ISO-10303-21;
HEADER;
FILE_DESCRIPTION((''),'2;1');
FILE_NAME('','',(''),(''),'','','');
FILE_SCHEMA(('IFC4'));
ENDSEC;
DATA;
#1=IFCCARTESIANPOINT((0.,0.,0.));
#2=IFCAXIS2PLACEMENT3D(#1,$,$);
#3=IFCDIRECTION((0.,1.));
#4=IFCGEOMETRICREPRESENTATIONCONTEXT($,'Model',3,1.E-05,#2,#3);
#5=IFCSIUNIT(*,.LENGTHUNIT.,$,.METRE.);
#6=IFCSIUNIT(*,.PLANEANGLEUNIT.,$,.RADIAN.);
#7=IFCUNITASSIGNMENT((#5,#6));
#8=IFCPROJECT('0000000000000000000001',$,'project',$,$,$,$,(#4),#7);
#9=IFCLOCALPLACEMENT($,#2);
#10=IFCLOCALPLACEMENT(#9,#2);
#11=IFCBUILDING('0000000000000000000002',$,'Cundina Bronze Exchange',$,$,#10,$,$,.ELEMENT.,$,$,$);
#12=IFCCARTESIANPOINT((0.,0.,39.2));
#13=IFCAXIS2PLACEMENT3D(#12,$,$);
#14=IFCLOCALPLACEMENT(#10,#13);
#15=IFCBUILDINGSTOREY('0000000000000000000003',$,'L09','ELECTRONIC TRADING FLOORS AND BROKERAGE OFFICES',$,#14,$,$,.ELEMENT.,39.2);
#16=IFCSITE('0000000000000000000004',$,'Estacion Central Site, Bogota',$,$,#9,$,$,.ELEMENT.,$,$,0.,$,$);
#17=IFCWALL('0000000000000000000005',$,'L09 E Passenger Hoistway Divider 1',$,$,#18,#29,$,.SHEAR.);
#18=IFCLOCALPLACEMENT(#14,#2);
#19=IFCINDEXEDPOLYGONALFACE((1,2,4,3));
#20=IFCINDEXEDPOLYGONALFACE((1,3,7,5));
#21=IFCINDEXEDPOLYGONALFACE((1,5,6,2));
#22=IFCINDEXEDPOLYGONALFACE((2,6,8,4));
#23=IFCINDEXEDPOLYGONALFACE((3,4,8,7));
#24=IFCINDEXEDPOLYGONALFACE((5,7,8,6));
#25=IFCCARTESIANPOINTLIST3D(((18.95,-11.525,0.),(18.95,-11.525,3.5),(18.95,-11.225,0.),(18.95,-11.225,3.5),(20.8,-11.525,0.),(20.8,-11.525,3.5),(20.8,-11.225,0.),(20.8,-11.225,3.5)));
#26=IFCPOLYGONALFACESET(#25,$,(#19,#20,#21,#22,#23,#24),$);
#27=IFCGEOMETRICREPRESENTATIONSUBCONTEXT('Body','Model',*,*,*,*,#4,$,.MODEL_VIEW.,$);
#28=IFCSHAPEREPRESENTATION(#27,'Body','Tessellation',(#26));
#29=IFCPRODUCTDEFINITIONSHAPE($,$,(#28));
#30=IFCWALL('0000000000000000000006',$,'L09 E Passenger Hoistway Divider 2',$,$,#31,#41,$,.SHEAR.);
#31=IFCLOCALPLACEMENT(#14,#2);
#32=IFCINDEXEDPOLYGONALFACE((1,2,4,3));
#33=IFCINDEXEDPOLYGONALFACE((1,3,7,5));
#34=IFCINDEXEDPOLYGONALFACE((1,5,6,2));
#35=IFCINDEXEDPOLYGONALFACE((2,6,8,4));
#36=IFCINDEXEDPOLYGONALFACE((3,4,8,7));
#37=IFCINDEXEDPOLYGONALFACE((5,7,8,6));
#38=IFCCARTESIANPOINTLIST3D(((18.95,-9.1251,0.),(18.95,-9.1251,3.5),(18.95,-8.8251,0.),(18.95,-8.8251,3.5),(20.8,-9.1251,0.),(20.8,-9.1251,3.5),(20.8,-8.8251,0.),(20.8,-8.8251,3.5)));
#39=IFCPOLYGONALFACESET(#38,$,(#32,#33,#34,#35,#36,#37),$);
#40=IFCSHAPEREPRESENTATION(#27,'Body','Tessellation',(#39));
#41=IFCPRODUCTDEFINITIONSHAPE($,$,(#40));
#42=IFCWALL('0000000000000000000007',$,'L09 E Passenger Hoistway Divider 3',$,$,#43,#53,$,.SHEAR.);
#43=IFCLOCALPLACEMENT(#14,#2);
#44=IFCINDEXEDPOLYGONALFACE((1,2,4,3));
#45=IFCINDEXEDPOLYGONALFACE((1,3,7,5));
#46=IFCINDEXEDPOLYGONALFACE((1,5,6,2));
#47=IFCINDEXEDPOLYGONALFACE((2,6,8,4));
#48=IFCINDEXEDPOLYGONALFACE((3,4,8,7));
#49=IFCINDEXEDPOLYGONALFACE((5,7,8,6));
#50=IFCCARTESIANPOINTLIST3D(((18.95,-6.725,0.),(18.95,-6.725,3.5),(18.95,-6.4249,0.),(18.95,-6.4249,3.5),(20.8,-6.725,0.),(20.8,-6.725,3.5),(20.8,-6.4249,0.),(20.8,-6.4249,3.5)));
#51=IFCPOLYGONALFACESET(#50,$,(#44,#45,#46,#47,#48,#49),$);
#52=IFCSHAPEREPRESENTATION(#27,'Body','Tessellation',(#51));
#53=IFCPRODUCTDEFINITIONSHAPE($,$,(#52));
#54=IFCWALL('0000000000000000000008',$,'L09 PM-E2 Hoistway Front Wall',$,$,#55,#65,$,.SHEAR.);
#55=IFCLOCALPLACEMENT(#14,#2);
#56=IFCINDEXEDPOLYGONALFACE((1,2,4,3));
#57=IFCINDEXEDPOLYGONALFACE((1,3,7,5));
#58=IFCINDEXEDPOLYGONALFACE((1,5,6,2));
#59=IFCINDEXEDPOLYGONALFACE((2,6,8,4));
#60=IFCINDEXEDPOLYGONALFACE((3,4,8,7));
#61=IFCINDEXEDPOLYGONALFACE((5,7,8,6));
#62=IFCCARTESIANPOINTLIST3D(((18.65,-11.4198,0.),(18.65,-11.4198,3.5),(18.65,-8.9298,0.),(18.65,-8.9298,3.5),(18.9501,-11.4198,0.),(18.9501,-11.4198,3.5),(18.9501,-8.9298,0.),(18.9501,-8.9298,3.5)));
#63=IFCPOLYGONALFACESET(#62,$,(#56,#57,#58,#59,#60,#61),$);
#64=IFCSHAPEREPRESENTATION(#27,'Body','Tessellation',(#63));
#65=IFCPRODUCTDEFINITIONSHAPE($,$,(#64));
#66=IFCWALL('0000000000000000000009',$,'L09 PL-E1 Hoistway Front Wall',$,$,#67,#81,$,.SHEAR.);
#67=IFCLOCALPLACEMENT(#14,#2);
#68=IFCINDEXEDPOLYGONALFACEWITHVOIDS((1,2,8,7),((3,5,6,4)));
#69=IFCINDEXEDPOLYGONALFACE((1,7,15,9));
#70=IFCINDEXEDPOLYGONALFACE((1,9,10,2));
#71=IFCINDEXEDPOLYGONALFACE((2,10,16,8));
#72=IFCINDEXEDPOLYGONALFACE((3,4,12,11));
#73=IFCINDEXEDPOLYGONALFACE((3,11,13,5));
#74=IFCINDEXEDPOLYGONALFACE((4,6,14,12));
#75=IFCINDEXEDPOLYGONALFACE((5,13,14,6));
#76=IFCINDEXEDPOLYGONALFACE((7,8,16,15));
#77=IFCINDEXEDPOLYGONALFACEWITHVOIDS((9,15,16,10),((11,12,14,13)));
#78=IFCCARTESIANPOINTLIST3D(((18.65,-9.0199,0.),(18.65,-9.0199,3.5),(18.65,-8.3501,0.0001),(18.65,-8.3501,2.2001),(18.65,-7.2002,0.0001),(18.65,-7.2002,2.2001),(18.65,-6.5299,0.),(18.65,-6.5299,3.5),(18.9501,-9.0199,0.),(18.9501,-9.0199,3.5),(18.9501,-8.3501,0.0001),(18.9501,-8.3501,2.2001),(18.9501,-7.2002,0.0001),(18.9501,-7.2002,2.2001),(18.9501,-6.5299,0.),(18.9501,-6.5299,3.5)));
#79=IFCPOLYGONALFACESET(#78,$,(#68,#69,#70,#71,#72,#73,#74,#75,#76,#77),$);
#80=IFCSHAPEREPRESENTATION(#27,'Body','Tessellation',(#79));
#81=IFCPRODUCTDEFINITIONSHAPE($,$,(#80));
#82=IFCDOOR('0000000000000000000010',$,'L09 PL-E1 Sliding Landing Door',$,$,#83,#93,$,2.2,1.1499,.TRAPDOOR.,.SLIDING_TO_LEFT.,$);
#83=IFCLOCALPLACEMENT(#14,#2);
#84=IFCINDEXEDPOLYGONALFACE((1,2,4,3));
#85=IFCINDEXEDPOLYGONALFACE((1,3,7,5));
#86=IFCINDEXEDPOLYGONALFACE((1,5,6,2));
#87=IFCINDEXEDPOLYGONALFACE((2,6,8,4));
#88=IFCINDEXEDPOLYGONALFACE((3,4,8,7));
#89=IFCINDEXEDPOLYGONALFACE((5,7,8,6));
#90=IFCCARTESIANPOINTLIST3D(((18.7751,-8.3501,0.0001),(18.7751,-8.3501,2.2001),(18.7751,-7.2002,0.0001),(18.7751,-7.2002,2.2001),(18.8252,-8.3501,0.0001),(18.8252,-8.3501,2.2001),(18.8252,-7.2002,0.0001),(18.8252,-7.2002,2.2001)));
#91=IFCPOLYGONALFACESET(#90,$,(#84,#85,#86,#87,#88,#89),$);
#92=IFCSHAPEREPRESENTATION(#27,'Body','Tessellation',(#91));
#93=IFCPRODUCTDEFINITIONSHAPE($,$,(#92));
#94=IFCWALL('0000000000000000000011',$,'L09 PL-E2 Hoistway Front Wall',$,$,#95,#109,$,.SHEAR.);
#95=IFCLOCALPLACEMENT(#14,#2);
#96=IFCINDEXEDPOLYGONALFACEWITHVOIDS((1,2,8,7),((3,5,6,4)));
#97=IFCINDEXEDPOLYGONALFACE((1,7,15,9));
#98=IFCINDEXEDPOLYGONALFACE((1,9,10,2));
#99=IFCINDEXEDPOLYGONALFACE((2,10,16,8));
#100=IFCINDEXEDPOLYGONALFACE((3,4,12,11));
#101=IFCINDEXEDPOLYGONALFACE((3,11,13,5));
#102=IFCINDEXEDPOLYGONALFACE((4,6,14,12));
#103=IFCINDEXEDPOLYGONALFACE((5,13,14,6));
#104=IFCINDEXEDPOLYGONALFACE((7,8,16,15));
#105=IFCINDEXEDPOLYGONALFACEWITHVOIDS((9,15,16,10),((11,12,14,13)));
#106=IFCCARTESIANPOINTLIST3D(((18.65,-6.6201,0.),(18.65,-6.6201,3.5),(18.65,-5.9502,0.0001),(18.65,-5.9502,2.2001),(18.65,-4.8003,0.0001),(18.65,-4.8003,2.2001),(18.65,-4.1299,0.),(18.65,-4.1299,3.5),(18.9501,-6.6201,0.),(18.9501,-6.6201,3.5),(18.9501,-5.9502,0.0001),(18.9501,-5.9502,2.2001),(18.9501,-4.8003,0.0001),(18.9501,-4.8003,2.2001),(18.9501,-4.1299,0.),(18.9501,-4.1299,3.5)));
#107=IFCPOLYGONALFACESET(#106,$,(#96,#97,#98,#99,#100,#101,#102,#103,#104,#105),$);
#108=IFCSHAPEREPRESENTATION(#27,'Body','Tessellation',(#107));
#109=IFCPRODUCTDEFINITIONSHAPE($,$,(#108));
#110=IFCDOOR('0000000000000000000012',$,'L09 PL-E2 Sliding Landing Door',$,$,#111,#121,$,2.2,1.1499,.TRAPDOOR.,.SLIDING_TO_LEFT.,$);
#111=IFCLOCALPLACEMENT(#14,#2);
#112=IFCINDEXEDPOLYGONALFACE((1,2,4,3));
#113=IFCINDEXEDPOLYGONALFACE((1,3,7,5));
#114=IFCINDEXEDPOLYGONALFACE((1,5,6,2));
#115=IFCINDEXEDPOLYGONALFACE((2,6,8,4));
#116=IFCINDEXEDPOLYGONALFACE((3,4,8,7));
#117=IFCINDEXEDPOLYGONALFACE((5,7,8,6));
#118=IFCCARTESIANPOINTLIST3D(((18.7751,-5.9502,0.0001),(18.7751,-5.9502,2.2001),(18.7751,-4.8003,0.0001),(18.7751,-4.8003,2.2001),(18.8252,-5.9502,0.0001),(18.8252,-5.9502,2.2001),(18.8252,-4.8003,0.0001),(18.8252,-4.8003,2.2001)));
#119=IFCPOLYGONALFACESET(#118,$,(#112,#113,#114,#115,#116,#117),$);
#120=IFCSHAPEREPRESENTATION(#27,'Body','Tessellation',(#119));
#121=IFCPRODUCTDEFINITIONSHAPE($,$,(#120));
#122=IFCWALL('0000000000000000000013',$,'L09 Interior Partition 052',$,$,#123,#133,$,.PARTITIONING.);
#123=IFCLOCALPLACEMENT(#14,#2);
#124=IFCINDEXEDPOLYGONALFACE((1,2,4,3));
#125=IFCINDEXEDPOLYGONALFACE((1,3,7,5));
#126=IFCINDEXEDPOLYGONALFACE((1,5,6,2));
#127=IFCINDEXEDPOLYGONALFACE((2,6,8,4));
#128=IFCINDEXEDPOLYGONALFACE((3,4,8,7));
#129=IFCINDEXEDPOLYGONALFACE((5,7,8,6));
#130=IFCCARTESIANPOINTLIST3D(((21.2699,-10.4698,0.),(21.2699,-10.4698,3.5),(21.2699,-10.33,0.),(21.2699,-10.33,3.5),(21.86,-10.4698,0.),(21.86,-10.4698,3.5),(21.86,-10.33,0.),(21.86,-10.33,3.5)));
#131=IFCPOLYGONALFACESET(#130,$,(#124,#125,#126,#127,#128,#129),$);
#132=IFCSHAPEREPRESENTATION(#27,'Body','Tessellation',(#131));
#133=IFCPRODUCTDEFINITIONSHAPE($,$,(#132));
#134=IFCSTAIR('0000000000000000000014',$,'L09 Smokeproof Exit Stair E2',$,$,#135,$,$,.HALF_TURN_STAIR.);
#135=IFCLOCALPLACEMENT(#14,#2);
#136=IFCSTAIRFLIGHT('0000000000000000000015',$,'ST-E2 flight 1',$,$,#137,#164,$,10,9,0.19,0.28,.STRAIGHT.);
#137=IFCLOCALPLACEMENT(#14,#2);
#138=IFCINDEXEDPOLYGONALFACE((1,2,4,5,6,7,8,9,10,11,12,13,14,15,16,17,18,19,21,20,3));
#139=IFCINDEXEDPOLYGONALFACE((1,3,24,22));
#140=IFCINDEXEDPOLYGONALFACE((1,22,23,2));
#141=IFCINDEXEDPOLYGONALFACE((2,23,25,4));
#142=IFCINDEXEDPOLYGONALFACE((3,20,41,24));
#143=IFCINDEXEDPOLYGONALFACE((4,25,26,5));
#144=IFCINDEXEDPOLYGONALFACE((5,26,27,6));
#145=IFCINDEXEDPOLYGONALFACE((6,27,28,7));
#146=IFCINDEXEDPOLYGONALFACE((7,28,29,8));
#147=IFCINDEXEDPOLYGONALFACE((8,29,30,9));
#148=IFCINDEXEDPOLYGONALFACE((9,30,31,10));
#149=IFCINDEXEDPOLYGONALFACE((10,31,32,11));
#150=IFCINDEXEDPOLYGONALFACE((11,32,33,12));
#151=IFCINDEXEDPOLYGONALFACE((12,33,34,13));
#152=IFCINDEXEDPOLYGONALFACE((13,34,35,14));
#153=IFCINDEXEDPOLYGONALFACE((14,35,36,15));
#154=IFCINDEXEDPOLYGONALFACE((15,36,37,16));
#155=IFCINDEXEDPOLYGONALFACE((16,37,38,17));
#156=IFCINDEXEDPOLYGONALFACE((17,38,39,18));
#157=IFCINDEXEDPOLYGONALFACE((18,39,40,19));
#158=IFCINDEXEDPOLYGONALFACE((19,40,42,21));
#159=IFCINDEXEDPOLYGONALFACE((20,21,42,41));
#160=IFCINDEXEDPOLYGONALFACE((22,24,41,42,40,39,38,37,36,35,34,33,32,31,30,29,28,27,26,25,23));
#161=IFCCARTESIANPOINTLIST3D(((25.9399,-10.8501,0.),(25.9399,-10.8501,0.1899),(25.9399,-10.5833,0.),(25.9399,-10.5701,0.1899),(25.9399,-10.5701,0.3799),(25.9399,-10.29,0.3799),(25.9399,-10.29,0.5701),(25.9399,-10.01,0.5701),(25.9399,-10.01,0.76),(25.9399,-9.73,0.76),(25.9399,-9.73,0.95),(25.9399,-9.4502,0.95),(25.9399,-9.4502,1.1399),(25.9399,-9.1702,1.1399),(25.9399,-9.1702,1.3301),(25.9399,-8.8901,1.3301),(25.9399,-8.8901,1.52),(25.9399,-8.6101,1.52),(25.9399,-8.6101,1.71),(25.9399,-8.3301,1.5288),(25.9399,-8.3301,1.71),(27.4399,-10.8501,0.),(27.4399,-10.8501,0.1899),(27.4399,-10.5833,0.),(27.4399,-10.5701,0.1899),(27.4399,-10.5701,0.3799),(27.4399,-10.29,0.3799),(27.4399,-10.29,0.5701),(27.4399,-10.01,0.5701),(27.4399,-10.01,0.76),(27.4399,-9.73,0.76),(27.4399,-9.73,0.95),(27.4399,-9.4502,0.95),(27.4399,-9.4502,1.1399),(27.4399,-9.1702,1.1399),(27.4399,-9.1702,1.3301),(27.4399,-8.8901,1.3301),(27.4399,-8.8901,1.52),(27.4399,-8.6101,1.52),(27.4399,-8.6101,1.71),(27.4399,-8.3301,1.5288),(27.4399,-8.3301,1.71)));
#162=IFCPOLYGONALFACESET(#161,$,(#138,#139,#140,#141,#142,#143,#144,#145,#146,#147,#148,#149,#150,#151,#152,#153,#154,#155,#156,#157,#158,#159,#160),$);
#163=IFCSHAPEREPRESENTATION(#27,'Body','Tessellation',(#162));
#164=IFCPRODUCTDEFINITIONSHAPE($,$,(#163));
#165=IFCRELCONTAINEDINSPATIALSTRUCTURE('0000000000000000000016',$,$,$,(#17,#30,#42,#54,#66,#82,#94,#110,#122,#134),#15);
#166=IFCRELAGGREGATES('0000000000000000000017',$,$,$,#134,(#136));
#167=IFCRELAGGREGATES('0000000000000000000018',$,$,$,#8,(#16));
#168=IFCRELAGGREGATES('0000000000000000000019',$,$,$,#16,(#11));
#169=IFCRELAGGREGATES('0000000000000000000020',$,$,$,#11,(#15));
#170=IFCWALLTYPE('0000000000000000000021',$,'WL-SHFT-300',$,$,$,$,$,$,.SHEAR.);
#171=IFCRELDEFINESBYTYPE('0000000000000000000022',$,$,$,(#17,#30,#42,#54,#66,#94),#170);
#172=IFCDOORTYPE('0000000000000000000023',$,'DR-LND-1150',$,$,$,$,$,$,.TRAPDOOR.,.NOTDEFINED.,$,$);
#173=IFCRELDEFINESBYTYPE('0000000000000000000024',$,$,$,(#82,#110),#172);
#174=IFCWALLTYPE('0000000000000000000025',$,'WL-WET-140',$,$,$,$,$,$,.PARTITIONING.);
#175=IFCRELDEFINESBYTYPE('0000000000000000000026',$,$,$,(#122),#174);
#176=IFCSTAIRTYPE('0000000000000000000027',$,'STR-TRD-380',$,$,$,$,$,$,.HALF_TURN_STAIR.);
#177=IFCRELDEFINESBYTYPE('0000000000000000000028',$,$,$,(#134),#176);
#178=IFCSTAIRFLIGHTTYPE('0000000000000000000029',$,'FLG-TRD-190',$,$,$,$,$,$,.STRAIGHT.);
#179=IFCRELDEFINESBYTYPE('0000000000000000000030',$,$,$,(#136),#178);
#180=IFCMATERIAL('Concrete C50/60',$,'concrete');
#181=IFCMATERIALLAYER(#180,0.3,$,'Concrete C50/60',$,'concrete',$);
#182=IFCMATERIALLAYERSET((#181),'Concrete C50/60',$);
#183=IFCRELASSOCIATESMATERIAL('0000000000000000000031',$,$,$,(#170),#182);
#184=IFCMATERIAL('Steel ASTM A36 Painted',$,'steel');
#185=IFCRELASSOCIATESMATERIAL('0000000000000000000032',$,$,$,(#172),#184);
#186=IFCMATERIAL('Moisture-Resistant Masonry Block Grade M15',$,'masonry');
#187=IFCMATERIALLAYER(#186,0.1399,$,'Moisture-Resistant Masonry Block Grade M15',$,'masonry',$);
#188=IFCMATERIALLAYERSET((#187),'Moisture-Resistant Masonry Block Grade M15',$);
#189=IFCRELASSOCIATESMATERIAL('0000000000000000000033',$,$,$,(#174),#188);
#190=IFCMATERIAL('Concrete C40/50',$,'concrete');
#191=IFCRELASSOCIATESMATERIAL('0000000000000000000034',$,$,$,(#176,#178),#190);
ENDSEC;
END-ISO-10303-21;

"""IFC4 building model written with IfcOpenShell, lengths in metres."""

from ifc_helpers import new_model, si_unit, direction, frame, frame_2d, origin, place, context, subcontext, project, spatial, polyline, rectangle, outline, extrude, material, layer, layer_set, type_object, element, fill, aggregate, save


model = new_model("IFC4")

# Units and contexts
model_context = context("Model", 3, precision=1e-05, world=origin(), true_north=direction((0.0, 1.0)))
body_context = subcontext(model_context, "Body", "Model", "MODEL_VIEW")
ifc_project = project(units=[si_unit("LENGTHUNIT", "METRE"), si_unit("PLANEANGLEUNIT", "RADIAN")], contexts=[model_context])

# Site, building, storey
site_placement = place(None, origin())
site = spatial("IfcSite", under=ifc_project, at=site_placement, Name="Estacion Central Site, Bogota", CompositionType="ELEMENT", RefElevation=0.0)
building_placement = place(site_placement, origin())
building = spatial("IfcBuilding", under=site, at=building_placement, Name="Cundina Bronze Exchange", CompositionType="ELEMENT")
storey_placement = place(building_placement, frame((0.0, 0.0, 39.2)))
storey = spatial("IfcBuildingStorey", under=building, at=storey_placement, Name="L09", Description="ELECTRONIC TRADING FLOORS AND BROKERAGE OFFICES", CompositionType="ELEMENT", Elevation=39.2)

# Shared definitions
ifc_material_1 = material(Name="Concrete C50/60", Category="concrete")
ifc_layer_1 = layer(ifc_material_1, 0.3, Name="Concrete C50/60", Category="concrete")
ifc_layer_set_1 = layer_set([ifc_layer_1], Name="Concrete C50/60")
wall_type_1 = type_object("IfcWallType", Name="WL-SHFT-300", PredefinedType="SHEAR", material=ifc_layer_set_1)

# Shared definitions
ifc_material_2 = material(Name="Steel ASTM A36 Painted", Category="steel")
door_type_1 = type_object("IfcDoorType", Name="DR-LND-1150", OperationType="NOTDEFINED", PredefinedType="TRAPDOOR", material=ifc_material_2)

# Walls
for number, where, z_axis, x_axis, name in (
    (1, (18.95, -11.375, 0.0), (0.0, 0.0, 1.0), (1.0, 0.0, 0.0), "L09 E Passenger Hoistway Divider 1"),
    (2, (18.95, -8.9751, 0.0), (0.0, 0.0, 1.0), (1.0, 0.0, 0.0), "L09 E Passenger Hoistway Divider 2"),
    (3, (18.95, -6.575, 0.0), (0.0, 0.0, 1.0), (1.0, 0.0, 0.0), "L09 E Passenger Hoistway Divider 3"),
):
    element("IfcWall", number, at=place(storey_placement, frame(where, z_axis=z_axis, x_axis=x_axis)), inside=storey, type_object=wall_type_1, Name=name, PredefinedType="SHEAR", context=body_context, shape_type="SweptSolid", body=[
        extrude(rectangle(XDim=1.8501, YDim=0.3, at=frame_2d((0.925, 0.0))), origin(), (0.0, 0.0, 1.0), 3.5),
    ])
wall_1_placement = place(storey_placement, frame((18.8, -11.4199, 0.0), z_axis=(0.0, 0.0, 1.0), x_axis=(0.0, 1.0, 0.0)))
element("IfcWall", 4, at=wall_1_placement, inside=storey, type_object=wall_type_1, Name="L09 PM-E2 Hoistway Front Wall", PredefinedType="SHEAR", context=body_context, shape_type="SweptSolid", body=[
    extrude(rectangle(XDim=2.49, YDim=0.3, at=frame_2d((1.2451, 0.0))), origin(), (0.0, 0.0, 1.0), 3.5),
])

# Walls, openings, doors
wall_2_placement = place(storey_placement, frame((18.8, -9.02, 0.0), z_axis=(0.0, 0.0, 1.0), x_axis=(0.0, 1.0, 0.0)))
wall_2 = element("IfcWall", 5, at=wall_2_placement, inside=storey, type_object=wall_type_1, Name="L09 PL-E1 Hoistway Front Wall", PredefinedType="SHEAR", context=body_context, shape_type="SweptSolid", body=[
    extrude(rectangle(XDim=2.49, YDim=0.3, at=frame_2d((1.2451, 0.0))), origin(), (0.0, 0.0, 1.0), 3.5),
])
opening_1_placement = place(wall_2_placement, frame((0.6699, 0.0, 0.0)))
opening_1 = element("IfcOpeningElement", 6, at=opening_1_placement, cuts=wall_2, PredefinedType="OPENING", context=body_context, shape_type="SweptSolid", body=[
    extrude(rectangle(XDim=1.1499, YDim=2.2, at=frame_2d((0.575, 1.1001))), frame((0.0, 0.1599, 0.0), z_axis=(0.0, -1.0, 0.0), x_axis=(1.0, 0.0, 0.0)), (0.0, 0.0, 1.0), 0.3201),
])
door_1_placement = place(opening_1_placement, origin())
door_1 = element("IfcDoor", 7, at=door_1_placement, inside=storey, type_object=door_type_1, Name="L09 PL-E1 Sliding Landing Door", OperationType="SLIDING_TO_LEFT", OverallHeight=2.2, OverallWidth=1.1499, PredefinedType="TRAPDOOR", context=body_context, shape_type="SweptSolid", body=[
    extrude(rectangle(XDim=1.1499, YDim=2.2, at=frame_2d((0.575, 1.1001))), frame((0.0, 0.0249, 0.0), z_axis=(0.0, -1.0, 0.0), x_axis=(1.0, 0.0, 0.0)), (0.0, 0.0, 1.0), 0.05),
])
fill(opening_1, door_1)
wall_3_placement = place(storey_placement, frame((18.8, -6.6201, 0.0), z_axis=(0.0, 0.0, 1.0), x_axis=(0.0, 1.0, 0.0)))
wall_3 = element("IfcWall", 8, at=wall_3_placement, inside=storey, type_object=wall_type_1, Name="L09 PL-E2 Hoistway Front Wall", PredefinedType="SHEAR", context=body_context, shape_type="SweptSolid", body=[
    extrude(rectangle(XDim=2.4902, YDim=0.3, at=frame_2d((1.2451, 0.0))), origin(), (0.0, 0.0, 1.0), 3.5),
])
opening_2_placement = place(wall_3_placement, frame((0.6699, 0.0, 0.0)))
opening_2 = element("IfcOpeningElement", 9, at=opening_2_placement, cuts=wall_3, PredefinedType="OPENING", context=body_context, shape_type="SweptSolid", body=[
    extrude(rectangle(XDim=1.1499, YDim=2.2, at=frame_2d((0.575, 1.1001))), frame((0.0, 0.1599, 0.0), z_axis=(0.0, -1.0, 0.0), x_axis=(1.0, 0.0, 0.0)), (0.0, 0.0, 1.0), 0.3201),
])
door_2_placement = place(opening_2_placement, origin())
door_2 = element("IfcDoor", 10, at=door_2_placement, inside=storey, type_object=door_type_1, Name="L09 PL-E2 Sliding Landing Door", OperationType="SLIDING_TO_LEFT", OverallHeight=2.2, OverallWidth=1.1499, PredefinedType="TRAPDOOR", context=body_context, shape_type="SweptSolid", body=[
    extrude(rectangle(XDim=1.1499, YDim=2.2, at=frame_2d((0.575, 1.1001))), frame((0.0, 0.0249, 0.0), z_axis=(0.0, -1.0, 0.0), x_axis=(1.0, 0.0, 0.0)), (0.0, 0.0, 1.0), 0.05),
])
fill(opening_2, door_2)

# Wall
ifc_material_3 = material(Name="Moisture-Resistant Masonry Block Grade M15", Category="masonry")
ifc_layer_2 = layer(ifc_material_3, 0.1399, Name="Moisture-Resistant Masonry Block Grade M15", Category="masonry")
ifc_layer_set_2 = layer_set([ifc_layer_2], Name="Moisture-Resistant Masonry Block Grade M15")
wall_type_2 = type_object("IfcWallType", Name="WL-WET-140", PredefinedType="PARTITIONING", material=ifc_layer_set_2)
wall_4_placement = place(storey_placement, frame((21.27, -10.3999, 0.0), z_axis=(0.0, 0.0, 1.0), x_axis=(1.0, 0.0, 0.0)))
element("IfcWall", 11, at=wall_4_placement, inside=storey, type_object=wall_type_2, Name="L09 Interior Partition 052", PredefinedType="PARTITIONING", context=body_context, shape_type="SweptSolid", body=[
    extrude(rectangle(XDim=0.5901, YDim=0.1399, at=frame_2d((0.2949, 0.0))), origin(), (0.0, 0.0, 1.0), 3.5),
])

# Stair, stair flight
ifc_material_4 = material(Name="Concrete C40/50", Category="concrete")
stair_type = type_object("IfcStairType", Name="STR-TRD-380", PredefinedType="HALF_TURN_STAIR", material=ifc_material_4)
stair_placement = place(storey_placement, origin())
stair = element("IfcStair", 12, at=stair_placement, inside=storey, type_object=stair_type, Name="L09 Smokeproof Exit Stair E2", PredefinedType="HALF_TURN_STAIR")
stair_flight_type = type_object("IfcStairFlightType", Name="FLG-TRD-190", PredefinedType="STRAIGHT", material=ifc_material_4)
stair_flight_1_placement = place(storey_placement, frame((26.6899, -10.8501, 0.0), z_axis=(0.0, 0.0, 1.0), x_axis=(0.0, 1.0, 0.0)))
stair_flight_1 = element("IfcStairFlight", 13, at=stair_flight_1_placement, type_object=stair_flight_type, Name="ST-E2 flight 1", NumberOfRisers=10, NumberOfTreads=9, PredefinedType="STRAIGHT", RiserHeight=0.19, TreadLength=0.28, context=body_context, shape_type="SweptSolid", body=[
    extrude(outline(polyline([(0.0, 0.0), (0.0, 0.1899), (0.28, 0.1899), (0.28, 0.3799), (0.5601, 0.3799), (0.5601, 0.5701), (0.8401, 0.5701), (0.8401, 0.76), (1.1201, 0.76), (1.1201, 0.95), (1.3999, 0.95), (1.3999, 1.1399), (1.6799, 1.1399), (1.6799, 1.3301), (1.96, 1.3301), (1.96, 1.52), (2.24, 1.52), (2.24, 1.71), (2.52, 1.71), (2.52, 1.8999), (2.52, 1.5288), (0.2668, 0.0), (0.0, 0.0)])), frame((0.0, 0.75, 0.0), z_axis=(0.0, -1.0, 0.0), x_axis=(1.0, 0.0, 0.0)), (0.0, 0.0, 1.0), 1.5),
])
aggregate(stair, [stair_flight_1])

save(model, "model.ifc")
